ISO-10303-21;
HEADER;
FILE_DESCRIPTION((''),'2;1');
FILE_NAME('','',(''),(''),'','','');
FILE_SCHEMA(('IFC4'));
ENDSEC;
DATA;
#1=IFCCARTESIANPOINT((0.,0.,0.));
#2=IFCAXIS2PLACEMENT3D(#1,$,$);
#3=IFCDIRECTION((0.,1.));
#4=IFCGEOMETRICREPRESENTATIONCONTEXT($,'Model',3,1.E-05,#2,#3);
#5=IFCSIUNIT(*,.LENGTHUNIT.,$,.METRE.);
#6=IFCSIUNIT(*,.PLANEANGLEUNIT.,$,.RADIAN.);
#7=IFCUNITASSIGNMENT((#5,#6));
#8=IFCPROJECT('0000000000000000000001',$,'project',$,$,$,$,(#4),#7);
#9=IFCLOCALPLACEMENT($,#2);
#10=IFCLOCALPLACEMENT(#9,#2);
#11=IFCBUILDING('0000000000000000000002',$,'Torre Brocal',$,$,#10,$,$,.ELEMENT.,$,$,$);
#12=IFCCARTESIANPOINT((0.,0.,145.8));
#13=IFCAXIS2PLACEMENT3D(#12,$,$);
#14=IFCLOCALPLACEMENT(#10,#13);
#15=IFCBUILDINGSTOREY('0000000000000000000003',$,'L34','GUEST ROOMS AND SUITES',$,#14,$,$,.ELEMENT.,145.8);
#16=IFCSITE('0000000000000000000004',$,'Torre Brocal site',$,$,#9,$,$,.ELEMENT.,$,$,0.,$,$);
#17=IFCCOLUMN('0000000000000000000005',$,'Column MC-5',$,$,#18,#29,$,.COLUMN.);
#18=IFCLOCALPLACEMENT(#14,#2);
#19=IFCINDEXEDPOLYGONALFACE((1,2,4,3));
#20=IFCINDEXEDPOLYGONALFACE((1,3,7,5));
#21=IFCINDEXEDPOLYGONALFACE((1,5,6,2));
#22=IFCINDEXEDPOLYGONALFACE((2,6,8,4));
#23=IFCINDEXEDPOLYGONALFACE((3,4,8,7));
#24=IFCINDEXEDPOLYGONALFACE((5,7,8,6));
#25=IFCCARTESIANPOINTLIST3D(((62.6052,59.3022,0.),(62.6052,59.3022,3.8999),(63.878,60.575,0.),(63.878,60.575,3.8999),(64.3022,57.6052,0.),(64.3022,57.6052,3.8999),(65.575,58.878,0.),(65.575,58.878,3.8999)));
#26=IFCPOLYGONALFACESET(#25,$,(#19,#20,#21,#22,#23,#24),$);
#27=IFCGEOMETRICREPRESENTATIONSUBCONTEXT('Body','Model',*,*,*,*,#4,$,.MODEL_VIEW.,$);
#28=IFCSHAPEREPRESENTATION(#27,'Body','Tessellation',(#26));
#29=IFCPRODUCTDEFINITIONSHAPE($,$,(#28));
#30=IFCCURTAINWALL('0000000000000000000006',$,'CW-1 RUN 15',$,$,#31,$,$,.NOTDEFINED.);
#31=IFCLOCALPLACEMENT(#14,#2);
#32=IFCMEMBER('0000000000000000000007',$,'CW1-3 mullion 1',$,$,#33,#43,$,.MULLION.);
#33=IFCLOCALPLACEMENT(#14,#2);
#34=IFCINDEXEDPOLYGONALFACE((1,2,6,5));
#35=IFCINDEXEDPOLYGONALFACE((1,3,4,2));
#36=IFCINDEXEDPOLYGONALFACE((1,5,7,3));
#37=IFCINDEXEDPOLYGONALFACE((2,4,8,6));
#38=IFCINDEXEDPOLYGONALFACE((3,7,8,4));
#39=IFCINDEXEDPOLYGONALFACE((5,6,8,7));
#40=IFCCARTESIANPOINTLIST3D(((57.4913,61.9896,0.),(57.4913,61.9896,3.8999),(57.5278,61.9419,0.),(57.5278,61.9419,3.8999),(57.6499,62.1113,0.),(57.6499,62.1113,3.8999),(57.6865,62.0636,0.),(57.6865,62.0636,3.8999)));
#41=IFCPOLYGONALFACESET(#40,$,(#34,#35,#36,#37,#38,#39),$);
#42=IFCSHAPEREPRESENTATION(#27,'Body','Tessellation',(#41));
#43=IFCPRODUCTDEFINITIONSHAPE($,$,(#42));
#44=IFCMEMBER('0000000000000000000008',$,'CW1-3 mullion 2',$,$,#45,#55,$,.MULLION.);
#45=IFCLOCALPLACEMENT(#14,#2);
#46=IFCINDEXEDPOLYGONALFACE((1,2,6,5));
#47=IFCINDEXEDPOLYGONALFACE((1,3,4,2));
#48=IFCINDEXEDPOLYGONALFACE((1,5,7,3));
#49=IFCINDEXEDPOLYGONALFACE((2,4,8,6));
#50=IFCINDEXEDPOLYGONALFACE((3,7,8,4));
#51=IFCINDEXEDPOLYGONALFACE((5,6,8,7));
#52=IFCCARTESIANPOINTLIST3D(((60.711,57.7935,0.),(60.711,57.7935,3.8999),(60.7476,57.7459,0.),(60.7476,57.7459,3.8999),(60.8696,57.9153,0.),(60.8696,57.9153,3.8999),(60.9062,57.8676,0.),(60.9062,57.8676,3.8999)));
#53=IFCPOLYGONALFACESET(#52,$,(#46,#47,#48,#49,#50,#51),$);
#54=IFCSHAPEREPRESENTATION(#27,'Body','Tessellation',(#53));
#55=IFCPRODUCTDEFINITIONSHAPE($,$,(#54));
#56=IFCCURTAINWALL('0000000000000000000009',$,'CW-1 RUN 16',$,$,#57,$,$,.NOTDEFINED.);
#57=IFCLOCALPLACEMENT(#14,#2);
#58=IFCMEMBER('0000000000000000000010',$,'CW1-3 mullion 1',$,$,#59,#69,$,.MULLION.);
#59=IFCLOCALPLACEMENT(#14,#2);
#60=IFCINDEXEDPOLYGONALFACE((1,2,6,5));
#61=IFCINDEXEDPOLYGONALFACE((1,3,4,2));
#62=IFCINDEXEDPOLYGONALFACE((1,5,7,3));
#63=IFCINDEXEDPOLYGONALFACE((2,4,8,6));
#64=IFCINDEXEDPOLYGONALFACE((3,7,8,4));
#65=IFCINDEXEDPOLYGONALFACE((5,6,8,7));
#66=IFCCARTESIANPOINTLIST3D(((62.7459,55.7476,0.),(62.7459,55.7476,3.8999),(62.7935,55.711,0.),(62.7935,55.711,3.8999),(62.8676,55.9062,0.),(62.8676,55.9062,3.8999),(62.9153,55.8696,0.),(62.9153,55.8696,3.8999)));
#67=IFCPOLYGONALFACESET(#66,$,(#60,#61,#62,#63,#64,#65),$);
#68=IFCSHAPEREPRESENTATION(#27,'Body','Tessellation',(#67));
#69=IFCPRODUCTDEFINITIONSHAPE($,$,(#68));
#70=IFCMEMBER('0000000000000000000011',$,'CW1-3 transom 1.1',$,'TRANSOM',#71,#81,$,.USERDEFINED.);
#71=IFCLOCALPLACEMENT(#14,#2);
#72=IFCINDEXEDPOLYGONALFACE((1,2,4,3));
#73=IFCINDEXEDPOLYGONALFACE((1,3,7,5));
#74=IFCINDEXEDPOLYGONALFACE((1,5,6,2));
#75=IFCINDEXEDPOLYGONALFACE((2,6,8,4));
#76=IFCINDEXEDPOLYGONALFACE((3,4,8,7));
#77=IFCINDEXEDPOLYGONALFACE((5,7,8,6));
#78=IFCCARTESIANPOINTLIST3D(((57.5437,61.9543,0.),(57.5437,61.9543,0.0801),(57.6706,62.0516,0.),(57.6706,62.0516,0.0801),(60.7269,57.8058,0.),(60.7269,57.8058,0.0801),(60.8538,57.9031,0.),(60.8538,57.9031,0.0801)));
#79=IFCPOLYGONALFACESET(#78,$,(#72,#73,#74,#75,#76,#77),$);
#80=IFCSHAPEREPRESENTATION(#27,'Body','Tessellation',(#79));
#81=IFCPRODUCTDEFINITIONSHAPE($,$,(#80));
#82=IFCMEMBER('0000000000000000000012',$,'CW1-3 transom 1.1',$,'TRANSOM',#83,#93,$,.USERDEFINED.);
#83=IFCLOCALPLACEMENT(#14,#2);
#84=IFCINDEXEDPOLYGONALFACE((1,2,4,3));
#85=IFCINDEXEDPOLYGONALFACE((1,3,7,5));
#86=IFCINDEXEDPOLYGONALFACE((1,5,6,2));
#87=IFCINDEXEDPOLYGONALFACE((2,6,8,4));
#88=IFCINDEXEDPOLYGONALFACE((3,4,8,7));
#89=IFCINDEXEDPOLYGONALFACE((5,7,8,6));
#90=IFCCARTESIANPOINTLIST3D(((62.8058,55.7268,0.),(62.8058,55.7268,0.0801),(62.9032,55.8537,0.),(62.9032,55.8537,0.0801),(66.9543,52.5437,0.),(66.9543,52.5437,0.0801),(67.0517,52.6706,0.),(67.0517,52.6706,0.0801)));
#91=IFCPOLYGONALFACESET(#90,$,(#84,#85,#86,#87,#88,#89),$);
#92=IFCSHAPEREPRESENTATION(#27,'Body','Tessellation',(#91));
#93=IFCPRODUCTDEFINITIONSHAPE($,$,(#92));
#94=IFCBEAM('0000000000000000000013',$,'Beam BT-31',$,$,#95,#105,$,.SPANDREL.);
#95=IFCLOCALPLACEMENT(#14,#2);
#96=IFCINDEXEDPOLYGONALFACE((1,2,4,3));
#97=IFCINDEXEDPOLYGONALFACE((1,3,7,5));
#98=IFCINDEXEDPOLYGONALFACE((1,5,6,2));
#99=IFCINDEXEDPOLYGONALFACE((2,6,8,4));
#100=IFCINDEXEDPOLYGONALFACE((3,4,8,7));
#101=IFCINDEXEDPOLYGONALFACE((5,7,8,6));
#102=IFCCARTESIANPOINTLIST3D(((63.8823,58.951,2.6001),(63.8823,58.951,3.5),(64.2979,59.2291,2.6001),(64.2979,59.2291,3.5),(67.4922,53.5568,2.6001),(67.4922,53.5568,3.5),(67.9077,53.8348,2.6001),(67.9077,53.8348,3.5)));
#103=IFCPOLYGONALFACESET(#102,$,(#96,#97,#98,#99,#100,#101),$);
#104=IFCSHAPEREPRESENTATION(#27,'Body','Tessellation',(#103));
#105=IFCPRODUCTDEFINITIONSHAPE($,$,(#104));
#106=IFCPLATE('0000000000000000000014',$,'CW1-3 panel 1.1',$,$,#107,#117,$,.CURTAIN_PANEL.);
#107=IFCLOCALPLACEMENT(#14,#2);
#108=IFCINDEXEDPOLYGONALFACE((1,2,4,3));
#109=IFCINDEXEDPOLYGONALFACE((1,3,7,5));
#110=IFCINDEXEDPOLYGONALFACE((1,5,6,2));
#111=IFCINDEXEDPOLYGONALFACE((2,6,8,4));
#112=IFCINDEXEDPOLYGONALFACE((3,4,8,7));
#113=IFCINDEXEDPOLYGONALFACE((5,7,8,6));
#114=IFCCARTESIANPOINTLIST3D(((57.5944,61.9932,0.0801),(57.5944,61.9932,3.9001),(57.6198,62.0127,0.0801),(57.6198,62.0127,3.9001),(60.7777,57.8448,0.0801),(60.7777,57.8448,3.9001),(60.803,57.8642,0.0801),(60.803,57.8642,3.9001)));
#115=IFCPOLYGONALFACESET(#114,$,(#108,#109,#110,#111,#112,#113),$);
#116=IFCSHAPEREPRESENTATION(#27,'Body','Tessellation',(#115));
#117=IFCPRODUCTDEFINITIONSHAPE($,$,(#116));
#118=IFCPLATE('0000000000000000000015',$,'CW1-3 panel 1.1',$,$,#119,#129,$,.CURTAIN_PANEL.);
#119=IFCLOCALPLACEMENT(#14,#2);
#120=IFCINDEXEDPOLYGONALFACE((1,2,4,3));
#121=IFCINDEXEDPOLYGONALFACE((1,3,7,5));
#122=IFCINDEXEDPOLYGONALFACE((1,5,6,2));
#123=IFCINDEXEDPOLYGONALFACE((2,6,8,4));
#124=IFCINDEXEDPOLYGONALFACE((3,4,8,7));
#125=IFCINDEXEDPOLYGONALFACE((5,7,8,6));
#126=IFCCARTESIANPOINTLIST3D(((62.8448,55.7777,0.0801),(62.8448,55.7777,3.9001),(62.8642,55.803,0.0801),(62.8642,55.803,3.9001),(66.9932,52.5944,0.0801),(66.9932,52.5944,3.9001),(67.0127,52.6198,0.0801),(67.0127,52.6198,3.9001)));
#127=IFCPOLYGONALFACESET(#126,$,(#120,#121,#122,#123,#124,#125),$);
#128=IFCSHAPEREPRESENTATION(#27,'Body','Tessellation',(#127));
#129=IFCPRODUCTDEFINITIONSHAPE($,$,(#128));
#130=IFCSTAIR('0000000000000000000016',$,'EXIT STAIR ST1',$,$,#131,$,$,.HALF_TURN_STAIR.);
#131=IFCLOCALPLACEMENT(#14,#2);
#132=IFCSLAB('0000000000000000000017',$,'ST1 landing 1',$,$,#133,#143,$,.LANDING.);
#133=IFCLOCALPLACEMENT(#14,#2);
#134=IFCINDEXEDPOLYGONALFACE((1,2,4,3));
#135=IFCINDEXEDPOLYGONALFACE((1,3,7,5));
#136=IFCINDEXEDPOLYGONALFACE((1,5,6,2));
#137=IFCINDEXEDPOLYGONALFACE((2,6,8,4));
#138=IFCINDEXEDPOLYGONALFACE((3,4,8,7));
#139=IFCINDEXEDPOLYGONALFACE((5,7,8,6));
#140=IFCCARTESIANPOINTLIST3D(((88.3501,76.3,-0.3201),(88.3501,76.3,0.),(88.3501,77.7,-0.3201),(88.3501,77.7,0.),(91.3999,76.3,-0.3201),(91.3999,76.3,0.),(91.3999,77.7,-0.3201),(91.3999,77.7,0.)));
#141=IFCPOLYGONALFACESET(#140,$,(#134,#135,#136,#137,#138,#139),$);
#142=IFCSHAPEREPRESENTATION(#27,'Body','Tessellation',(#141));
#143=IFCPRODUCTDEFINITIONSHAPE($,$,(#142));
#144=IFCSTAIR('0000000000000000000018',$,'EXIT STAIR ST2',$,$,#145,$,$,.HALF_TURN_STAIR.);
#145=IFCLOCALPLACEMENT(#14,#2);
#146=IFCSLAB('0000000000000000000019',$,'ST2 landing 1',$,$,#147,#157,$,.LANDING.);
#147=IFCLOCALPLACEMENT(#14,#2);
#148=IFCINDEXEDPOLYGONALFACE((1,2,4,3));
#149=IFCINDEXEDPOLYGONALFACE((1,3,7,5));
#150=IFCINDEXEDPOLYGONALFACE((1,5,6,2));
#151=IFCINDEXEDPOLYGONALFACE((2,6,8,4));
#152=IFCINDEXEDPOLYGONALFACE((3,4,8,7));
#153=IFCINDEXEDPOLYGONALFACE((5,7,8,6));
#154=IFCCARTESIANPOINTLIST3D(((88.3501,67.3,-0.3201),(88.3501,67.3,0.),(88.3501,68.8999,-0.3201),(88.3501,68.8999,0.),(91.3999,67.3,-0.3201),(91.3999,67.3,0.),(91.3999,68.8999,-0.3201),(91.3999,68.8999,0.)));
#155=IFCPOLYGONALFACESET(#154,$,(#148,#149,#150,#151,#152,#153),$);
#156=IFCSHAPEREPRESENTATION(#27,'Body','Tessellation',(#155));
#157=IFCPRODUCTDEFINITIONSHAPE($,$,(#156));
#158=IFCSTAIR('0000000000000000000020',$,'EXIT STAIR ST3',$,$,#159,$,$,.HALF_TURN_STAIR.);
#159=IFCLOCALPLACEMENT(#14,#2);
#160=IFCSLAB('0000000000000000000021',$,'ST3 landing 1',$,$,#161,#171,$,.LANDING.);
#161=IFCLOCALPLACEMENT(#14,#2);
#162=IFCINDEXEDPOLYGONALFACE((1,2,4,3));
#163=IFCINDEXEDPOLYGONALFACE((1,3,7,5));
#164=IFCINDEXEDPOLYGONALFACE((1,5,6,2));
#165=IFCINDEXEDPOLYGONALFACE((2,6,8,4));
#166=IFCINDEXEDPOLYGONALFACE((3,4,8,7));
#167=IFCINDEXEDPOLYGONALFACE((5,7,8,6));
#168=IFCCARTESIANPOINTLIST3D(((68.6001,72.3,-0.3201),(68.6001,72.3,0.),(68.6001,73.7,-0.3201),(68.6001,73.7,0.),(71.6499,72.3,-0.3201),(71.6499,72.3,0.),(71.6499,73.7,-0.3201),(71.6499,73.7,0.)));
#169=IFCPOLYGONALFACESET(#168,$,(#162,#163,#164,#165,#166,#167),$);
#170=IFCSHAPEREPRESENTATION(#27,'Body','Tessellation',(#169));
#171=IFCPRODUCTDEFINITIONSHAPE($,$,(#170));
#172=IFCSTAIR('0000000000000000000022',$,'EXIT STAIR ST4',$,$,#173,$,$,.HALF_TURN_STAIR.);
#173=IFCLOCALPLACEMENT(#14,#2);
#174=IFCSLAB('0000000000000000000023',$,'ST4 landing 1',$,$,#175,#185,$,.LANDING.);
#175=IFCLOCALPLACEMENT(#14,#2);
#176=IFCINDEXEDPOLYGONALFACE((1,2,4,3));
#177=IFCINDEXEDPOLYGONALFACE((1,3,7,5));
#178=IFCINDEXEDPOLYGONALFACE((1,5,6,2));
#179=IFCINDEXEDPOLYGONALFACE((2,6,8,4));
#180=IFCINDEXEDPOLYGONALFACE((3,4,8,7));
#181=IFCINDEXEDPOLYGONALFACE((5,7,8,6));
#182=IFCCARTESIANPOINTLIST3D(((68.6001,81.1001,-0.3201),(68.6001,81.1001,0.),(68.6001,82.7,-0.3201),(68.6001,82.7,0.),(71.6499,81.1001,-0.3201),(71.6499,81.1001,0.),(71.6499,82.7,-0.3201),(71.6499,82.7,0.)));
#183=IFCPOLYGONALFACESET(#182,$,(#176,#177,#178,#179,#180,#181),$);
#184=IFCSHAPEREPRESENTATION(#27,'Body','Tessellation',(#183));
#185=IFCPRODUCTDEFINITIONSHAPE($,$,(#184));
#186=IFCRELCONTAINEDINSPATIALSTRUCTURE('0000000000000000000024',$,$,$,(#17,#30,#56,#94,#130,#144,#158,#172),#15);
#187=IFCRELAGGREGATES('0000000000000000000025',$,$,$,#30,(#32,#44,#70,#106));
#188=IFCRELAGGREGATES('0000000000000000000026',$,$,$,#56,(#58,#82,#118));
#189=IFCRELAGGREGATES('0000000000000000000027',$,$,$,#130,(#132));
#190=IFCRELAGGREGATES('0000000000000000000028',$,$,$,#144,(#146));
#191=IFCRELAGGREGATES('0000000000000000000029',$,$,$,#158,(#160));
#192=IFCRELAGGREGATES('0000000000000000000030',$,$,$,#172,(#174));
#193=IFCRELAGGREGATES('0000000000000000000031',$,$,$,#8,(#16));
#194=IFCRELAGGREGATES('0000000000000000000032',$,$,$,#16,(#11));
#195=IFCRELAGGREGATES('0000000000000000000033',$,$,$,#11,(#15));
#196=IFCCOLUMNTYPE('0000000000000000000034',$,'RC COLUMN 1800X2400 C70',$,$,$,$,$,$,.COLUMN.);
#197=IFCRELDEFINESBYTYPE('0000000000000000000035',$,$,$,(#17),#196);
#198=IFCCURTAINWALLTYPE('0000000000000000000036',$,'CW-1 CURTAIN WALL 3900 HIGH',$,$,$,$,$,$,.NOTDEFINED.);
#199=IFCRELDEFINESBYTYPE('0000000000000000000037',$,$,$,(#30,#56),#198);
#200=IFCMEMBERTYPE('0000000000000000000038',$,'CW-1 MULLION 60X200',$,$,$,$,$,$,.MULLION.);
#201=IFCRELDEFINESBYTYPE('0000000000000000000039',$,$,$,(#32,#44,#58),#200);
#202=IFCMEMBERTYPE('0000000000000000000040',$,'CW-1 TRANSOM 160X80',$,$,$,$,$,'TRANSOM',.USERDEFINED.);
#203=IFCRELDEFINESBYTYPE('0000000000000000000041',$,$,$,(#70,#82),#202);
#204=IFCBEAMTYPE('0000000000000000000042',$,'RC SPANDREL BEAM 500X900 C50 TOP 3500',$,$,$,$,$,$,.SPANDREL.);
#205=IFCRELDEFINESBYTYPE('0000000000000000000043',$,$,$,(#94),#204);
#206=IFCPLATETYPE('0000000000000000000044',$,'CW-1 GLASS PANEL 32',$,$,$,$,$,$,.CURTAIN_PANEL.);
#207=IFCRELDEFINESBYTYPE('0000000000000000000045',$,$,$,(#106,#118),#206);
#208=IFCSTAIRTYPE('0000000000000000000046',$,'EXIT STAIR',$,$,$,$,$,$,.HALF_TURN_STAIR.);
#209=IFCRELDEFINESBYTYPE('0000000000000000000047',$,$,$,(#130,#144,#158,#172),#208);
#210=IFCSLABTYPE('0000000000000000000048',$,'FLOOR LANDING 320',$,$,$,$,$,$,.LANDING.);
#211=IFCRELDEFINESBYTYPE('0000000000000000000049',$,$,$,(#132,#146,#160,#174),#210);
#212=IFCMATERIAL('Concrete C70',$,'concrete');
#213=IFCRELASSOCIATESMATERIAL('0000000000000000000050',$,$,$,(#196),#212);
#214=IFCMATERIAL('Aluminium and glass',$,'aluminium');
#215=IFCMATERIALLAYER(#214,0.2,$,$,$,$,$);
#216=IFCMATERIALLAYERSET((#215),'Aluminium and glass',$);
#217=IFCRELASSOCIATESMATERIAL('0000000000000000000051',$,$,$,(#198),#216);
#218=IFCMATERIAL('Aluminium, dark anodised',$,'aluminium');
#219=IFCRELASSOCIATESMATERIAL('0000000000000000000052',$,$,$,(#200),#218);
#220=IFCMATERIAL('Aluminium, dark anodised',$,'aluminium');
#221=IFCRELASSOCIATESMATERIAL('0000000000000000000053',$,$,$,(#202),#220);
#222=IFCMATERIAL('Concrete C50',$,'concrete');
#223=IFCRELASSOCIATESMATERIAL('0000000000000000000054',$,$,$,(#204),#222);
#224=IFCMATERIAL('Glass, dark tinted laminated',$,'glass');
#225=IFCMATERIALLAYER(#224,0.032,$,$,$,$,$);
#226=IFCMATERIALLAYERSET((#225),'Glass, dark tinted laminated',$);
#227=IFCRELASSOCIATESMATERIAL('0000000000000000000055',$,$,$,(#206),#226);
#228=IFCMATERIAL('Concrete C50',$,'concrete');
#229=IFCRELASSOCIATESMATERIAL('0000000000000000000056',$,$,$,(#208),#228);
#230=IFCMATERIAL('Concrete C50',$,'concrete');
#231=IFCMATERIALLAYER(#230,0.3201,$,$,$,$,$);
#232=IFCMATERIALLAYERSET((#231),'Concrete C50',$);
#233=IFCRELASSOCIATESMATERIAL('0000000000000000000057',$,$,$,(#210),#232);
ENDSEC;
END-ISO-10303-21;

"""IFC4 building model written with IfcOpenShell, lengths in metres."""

from ifc_helpers import new_model, si_unit, direction, frame, origin, origin_2d, place, context, subcontext, project, spatial, polyline, rectangle, outline, extrude, material, layer, layer_set, material_profile, profile_set, type_object, element, aggregate, save


model = new_model("IFC4")

# Units and contexts
model_context = context("Model", 3, precision=1e-05, world=origin(), true_north=direction((0.0, 1.0)))
body_context = subcontext(model_context, "Body", "Model", "MODEL_VIEW")
ifc_project = project(units=[si_unit("LENGTHUNIT", "METRE"), si_unit("PLANEANGLEUNIT", "RADIAN")], contexts=[model_context])

# Site, building, storey
site_placement = place(None, origin())
site = spatial("IfcSite", under=ifc_project, at=site_placement, Name="Torre Brocal site", CompositionType="ELEMENT", RefElevation=0.0)
building_placement = place(site_placement, origin())
building = spatial("IfcBuilding", under=site, at=building_placement, Name="Torre Brocal", CompositionType="ELEMENT")
storey_placement = place(building_placement, frame((0.0, 0.0, 145.8)))
storey = spatial("IfcBuildingStorey", under=building, at=storey_placement, Name="L34", Description="GUEST ROOMS AND SUITES", CompositionType="ELEMENT", Elevation=145.8)

# Column
ifc_material_1 = material(Name="Concrete C70", Category="concrete")
ifc_material_profile_1 = material_profile(ifc_material_1, rectangle(XDim=1.8, YDim=2.3999, at=origin_2d()), Name="RC 1800X2400")
ifc_profile_set_1 = profile_set([ifc_material_profile_1], Name="Concrete C70")
column_type = type_object("IfcColumnType", Name="RC COLUMN 1800X2400 C70", PredefinedType="COLUMN", material=ifc_profile_set_1)
column_placement = place(storey_placement, frame((64.0901, 59.0901, 0.0), z_axis=(0.0, 0.0, 1.0), x_axis=(-0.707107, -0.707107, 0.0)))
element("IfcColumn", 1, at=column_placement, inside=storey, type_object=column_type, Name="Column MC-5", PredefinedType="COLUMN", context=body_context, shape_type="SweptSolid", body=[
    extrude(rectangle(XDim=1.8, YDim=2.3999, at=origin_2d()), origin(), (0.0, 0.0, 1.0), 3.8999),
])

# Curtain wall, members
ifc_material_2 = material(Name="Aluminium and glass", Category="aluminium")
ifc_layer_1 = layer(ifc_material_2, 0.2)
ifc_layer_set_1 = layer_set([ifc_layer_1], Name="Aluminium and glass")
curtain_wall_type = type_object("IfcCurtainWallType", Name="CW-1 CURTAIN WALL 3900 HIGH", PredefinedType="NOTDEFINED", material=ifc_layer_set_1)
curtain_wall_1_placement = place(storey_placement, origin())
curtain_wall_1 = element("IfcCurtainWall", 2, at=curtain_wall_1_placement, inside=storey, type_object=curtain_wall_type, Name="CW-1 RUN 15", PredefinedType="NOTDEFINED")
ifc_material_3 = material(Name="Aluminium, dark anodised", Category="aluminium")
ifc_material_profile_2 = material_profile(ifc_material_3, rectangle(XDim=0.2, YDim=0.0601, at=origin_2d()), Name="CW-1 MULLION 60X200")
ifc_profile_set_2 = profile_set([ifc_material_profile_2], Name="Aluminium, dark anodised")
member_type_1 = type_object("IfcMemberType", Name="CW-1 MULLION 60X200", PredefinedType="MULLION", material=ifc_profile_set_2)
member_1_placement = place(storey_placement, frame((57.5889, 62.0266, 0.0), z_axis=(0.0, 0.0, 1.0), x_axis=(0.793353, 0.608761, 0.0)))
member_1 = element("IfcMember", 3, at=member_1_placement, type_object=member_type_1, Name="CW1-3 mullion 1", PredefinedType="MULLION", context=body_context, shape_type="SweptSolid", body=[
    extrude(rectangle(XDim=0.2, YDim=0.0601, at=origin_2d()), origin(), (0.0, 0.0, 1.0), 3.8999),
])
member_2_placement = place(storey_placement, frame((60.8086, 57.8306, 0.0), z_axis=(0.0, 0.0, 1.0), x_axis=(0.793353, 0.608761, 0.0)))
member_2 = element("IfcMember", 4, at=member_2_placement, type_object=member_type_1, Name="CW1-3 mullion 2", PredefinedType="MULLION", context=body_context, shape_type="SweptSolid", body=[
    extrude(rectangle(XDim=0.2, YDim=0.0601, at=origin_2d()), origin(), (0.0, 0.0, 1.0), 3.8999),
])

# Curtain wall, member
curtain_wall_2_placement = place(storey_placement, origin())
curtain_wall_2 = element("IfcCurtainWall", 5, at=curtain_wall_2_placement, inside=storey, type_object=curtain_wall_type, Name="CW-1 RUN 16", PredefinedType="NOTDEFINED")
member_3_placement = place(storey_placement, frame((62.8306, 55.8086, 0.0), z_axis=(0.0, 0.0, 1.0), x_axis=(0.608761, 0.793353, 0.0)))
member_3 = element("IfcMember", 6, at=member_3_placement, type_object=member_type_1, Name="CW1-3 mullion 1", PredefinedType="MULLION", context=body_context, shape_type="SweptSolid", body=[
    extrude(rectangle(XDim=0.2, YDim=0.0601, at=origin_2d()), origin(), (0.0, 0.0, 1.0), 3.8999),
])

# Members
ifc_material_4 = material(Name="Aluminium, dark anodised", Category="aluminium")
ifc_material_profile_3 = material_profile(ifc_material_4, rectangle(XDim=0.1599, YDim=0.0801, at=origin_2d()), Name="CW-1 TRANSOM 160X80")
ifc_profile_set_3 = profile_set([ifc_material_profile_3], Name="Aluminium, dark anodised")
member_type_2 = type_object("IfcMemberType", Name="CW-1 TRANSOM 160X80", ElementType="TRANSOM", PredefinedType="USERDEFINED", material=ifc_profile_set_3)
member_4_placement = place(storey_placement, frame((57.6072, 62.0029, 0.04), z_axis=(0.608749, -0.793363, 0.0), x_axis=(0.793363, 0.608749, 0.0)))
member_4 = element("IfcMember", 7, at=member_4_placement, type_object=member_type_2, Name="CW1-3 transom 1.1", ObjectType="TRANSOM", PredefinedType="USERDEFINED", context=body_context, shape_type="SweptSolid", body=[
    extrude(rectangle(XDim=0.1599, YDim=0.0801, at=origin_2d()), origin(), (0.0, 0.0, 1.0), 5.229),
])
member_5_placement = place(storey_placement, frame((62.8545, 55.7903, 0.04), z_axis=(0.793363, -0.608749, 0.0), x_axis=(0.608749, 0.793363, 0.0)))
member_5 = element("IfcMember", 8, at=member_5_placement, type_object=member_type_2, Name="CW1-3 transom 1.1", ObjectType="TRANSOM", PredefinedType="USERDEFINED", context=body_context, shape_type="SweptSolid", body=[
    extrude(rectangle(XDim=0.1599, YDim=0.0801, at=origin_2d()), origin(), (0.0, 0.0, 1.0), 5.229),
])

# Beam
ifc_material_5 = material(Name="Concrete C50", Category="concrete")
ifc_material_profile_4 = material_profile(ifc_material_5, rectangle(XDim=0.5, YDim=0.8999, at=origin_2d()), Name="RC 500X900")
ifc_profile_set_4 = profile_set([ifc_material_profile_4], Name="Concrete C50")
beam_type = type_object("IfcBeamType", Name="RC SPANDREL BEAM 500X900 C50 TOP 3500", PredefinedType="SPANDREL", material=ifc_profile_set_4)
beam_placement = place(storey_placement, frame((64.0901, 59.0901, 3.05), z_axis=(0.556158, -0.831077, 0.0), x_axis=(0.831077, 0.556158, 0.0)))
element("IfcBeam", 9, at=beam_placement, inside=storey, type_object=beam_type, Name="Beam BT-31", PredefinedType="SPANDREL", context=body_context, shape_type="SweptSolid", body=[
    extrude(rectangle(XDim=0.5, YDim=0.8999, at=origin_2d()), origin(), (0.0, 0.0, 1.0), 6.4907),
])

# Plates
ifc_material_6 = material(Name="Glass, dark tinted laminated", Category="glass")
ifc_layer_2 = layer(ifc_material_6, 0.032)
ifc_layer_set_2 = layer_set([ifc_layer_2], Name="Glass, dark tinted laminated")
plate_type = type_object("IfcPlateType", Name="CW-1 GLASS PANEL 32", PredefinedType="CURTAIN_PANEL", material=ifc_layer_set_2)
plate_1_placement = place(storey_placement, frame((59.1987, 59.9287, 0.0801), z_axis=(0.0, 0.0, 1.0), x_axis=(0.608761, -0.793353, 0.0)))
plate_1 = element("IfcPlate", 10, at=plate_1_placement, type_object=plate_type, Name="CW1-3 panel 1.1", PredefinedType="CURTAIN_PANEL", context=body_context, shape_type="SweptSolid", body=[
    extrude(rectangle(XDim=5.229, YDim=0.032, at=origin_2d()), origin(), (0.0, 0.0, 1.0), 3.8201),
])
aggregate(curtain_wall_1, [member_1, member_2, member_4, plate_1])
plate_2_placement = place(storey_placement, frame((64.9287, 54.1987, 0.0801), z_axis=(0.0, 0.0, 1.0), x_axis=(0.793353, -0.608761, 0.0)))
plate_2 = element("IfcPlate", 11, at=plate_2_placement, type_object=plate_type, Name="CW1-3 panel 1.1", PredefinedType="CURTAIN_PANEL", context=body_context, shape_type="SweptSolid", body=[
    extrude(rectangle(XDim=5.229, YDim=0.032, at=origin_2d()), origin(), (0.0, 0.0, 1.0), 3.8201),
])
aggregate(curtain_wall_2, [member_3, member_5, plate_2])

# Stairs, slabs
ifc_material_7 = material(Name="Concrete C50", Category="concrete")
stair_type = type_object("IfcStairType", Name="EXIT STAIR", PredefinedType="HALF_TURN_STAIR", material=ifc_material_7)
stair_1_placement = place(storey_placement, origin())
stair_1 = element("IfcStair", 12, at=stair_1_placement, inside=storey, type_object=stair_type, Name="EXIT STAIR ST1", PredefinedType="HALF_TURN_STAIR")
ifc_material_8 = material(Name="Concrete C50", Category="concrete")
ifc_layer_3 = layer(ifc_material_8, 0.3201)
ifc_layer_set_3 = layer_set([ifc_layer_3], Name="Concrete C50")
slab_type_1 = type_object("IfcSlabType", Name="FLOOR LANDING 320", PredefinedType="LANDING", material=ifc_layer_set_3)
slab_1_placement = place(storey_placement, frame((0.0, 0.0, -0.3201)))
slab_1 = element("IfcSlab", 13, at=slab_1_placement, type_object=slab_type_1, Name="ST1 landing 1", PredefinedType="LANDING", context=body_context, shape_type="SweptSolid", body=[
    extrude(outline(polyline([(88.3501, 76.3), (91.3999, 76.3), (91.3999, 77.7), (88.3501, 77.7), (88.3501, 76.3)])), origin(), (0.0, 0.0, 1.0), 0.3201),
])
stair_2_placement = place(storey_placement, origin())
stair_2 = element("IfcStair", 14, at=stair_2_placement, inside=storey, type_object=stair_type, Name="EXIT STAIR ST2", PredefinedType="HALF_TURN_STAIR")
slab_2_placement = place(storey_placement, frame((0.0, 0.0, -0.3201)))
slab_2 = element("IfcSlab", 15, at=slab_2_placement, type_object=slab_type_1, Name="ST2 landing 1", PredefinedType="LANDING", context=body_context, shape_type="SweptSolid", body=[
    extrude(outline(polyline([(88.3501, 67.3), (91.3999, 67.3), (91.3999, 68.8999), (88.3501, 68.8999), (88.3501, 67.3)])), origin(), (0.0, 0.0, 1.0), 0.3201),
])
stair_3_placement = place(storey_placement, origin())
stair_3 = element("IfcStair", 16, at=stair_3_placement, inside=storey, type_object=stair_type, Name="EXIT STAIR ST3", PredefinedType="HALF_TURN_STAIR")
slab_3_placement = place(storey_placement, frame((0.0, 0.0, -0.3201)))
slab_3 = element("IfcSlab", 17, at=slab_3_placement, type_object=slab_type_1, Name="ST3 landing 1", PredefinedType="LANDING", context=body_context, shape_type="SweptSolid", body=[
    extrude(outline(polyline([(71.6499, 73.7), (68.6001, 73.7), (68.6001, 72.3), (71.6499, 72.3), (71.6499, 73.7)])), origin(), (0.0, 0.0, 1.0), 0.3201),
])
stair_4_placement = place(storey_placement, origin())
stair_4 = element("IfcStair", 18, at=stair_4_placement, inside=storey, type_object=stair_type, Name="EXIT STAIR ST4", PredefinedType="HALF_TURN_STAIR")
slab_4_placement = place(storey_placement, frame((0.0, 0.0, -0.3201)))
slab_4 = element("IfcSlab", 19, at=slab_4_placement, type_object=slab_type_1, Name="ST4 landing 1", PredefinedType="LANDING", context=body_context, shape_type="SweptSolid", body=[
    extrude(outline(polyline([(71.6499, 82.7), (68.6001, 82.7), (68.6001, 81.1001), (71.6499, 81.1001), (71.6499, 82.7)])), origin(), (0.0, 0.0, 1.0), 0.3201),
])

aggregate(stair_1, [slab_1])
aggregate(stair_2, [slab_2])
aggregate(stair_3, [slab_3])
aggregate(stair_4, [slab_4])

save(model, "model.ifc")
